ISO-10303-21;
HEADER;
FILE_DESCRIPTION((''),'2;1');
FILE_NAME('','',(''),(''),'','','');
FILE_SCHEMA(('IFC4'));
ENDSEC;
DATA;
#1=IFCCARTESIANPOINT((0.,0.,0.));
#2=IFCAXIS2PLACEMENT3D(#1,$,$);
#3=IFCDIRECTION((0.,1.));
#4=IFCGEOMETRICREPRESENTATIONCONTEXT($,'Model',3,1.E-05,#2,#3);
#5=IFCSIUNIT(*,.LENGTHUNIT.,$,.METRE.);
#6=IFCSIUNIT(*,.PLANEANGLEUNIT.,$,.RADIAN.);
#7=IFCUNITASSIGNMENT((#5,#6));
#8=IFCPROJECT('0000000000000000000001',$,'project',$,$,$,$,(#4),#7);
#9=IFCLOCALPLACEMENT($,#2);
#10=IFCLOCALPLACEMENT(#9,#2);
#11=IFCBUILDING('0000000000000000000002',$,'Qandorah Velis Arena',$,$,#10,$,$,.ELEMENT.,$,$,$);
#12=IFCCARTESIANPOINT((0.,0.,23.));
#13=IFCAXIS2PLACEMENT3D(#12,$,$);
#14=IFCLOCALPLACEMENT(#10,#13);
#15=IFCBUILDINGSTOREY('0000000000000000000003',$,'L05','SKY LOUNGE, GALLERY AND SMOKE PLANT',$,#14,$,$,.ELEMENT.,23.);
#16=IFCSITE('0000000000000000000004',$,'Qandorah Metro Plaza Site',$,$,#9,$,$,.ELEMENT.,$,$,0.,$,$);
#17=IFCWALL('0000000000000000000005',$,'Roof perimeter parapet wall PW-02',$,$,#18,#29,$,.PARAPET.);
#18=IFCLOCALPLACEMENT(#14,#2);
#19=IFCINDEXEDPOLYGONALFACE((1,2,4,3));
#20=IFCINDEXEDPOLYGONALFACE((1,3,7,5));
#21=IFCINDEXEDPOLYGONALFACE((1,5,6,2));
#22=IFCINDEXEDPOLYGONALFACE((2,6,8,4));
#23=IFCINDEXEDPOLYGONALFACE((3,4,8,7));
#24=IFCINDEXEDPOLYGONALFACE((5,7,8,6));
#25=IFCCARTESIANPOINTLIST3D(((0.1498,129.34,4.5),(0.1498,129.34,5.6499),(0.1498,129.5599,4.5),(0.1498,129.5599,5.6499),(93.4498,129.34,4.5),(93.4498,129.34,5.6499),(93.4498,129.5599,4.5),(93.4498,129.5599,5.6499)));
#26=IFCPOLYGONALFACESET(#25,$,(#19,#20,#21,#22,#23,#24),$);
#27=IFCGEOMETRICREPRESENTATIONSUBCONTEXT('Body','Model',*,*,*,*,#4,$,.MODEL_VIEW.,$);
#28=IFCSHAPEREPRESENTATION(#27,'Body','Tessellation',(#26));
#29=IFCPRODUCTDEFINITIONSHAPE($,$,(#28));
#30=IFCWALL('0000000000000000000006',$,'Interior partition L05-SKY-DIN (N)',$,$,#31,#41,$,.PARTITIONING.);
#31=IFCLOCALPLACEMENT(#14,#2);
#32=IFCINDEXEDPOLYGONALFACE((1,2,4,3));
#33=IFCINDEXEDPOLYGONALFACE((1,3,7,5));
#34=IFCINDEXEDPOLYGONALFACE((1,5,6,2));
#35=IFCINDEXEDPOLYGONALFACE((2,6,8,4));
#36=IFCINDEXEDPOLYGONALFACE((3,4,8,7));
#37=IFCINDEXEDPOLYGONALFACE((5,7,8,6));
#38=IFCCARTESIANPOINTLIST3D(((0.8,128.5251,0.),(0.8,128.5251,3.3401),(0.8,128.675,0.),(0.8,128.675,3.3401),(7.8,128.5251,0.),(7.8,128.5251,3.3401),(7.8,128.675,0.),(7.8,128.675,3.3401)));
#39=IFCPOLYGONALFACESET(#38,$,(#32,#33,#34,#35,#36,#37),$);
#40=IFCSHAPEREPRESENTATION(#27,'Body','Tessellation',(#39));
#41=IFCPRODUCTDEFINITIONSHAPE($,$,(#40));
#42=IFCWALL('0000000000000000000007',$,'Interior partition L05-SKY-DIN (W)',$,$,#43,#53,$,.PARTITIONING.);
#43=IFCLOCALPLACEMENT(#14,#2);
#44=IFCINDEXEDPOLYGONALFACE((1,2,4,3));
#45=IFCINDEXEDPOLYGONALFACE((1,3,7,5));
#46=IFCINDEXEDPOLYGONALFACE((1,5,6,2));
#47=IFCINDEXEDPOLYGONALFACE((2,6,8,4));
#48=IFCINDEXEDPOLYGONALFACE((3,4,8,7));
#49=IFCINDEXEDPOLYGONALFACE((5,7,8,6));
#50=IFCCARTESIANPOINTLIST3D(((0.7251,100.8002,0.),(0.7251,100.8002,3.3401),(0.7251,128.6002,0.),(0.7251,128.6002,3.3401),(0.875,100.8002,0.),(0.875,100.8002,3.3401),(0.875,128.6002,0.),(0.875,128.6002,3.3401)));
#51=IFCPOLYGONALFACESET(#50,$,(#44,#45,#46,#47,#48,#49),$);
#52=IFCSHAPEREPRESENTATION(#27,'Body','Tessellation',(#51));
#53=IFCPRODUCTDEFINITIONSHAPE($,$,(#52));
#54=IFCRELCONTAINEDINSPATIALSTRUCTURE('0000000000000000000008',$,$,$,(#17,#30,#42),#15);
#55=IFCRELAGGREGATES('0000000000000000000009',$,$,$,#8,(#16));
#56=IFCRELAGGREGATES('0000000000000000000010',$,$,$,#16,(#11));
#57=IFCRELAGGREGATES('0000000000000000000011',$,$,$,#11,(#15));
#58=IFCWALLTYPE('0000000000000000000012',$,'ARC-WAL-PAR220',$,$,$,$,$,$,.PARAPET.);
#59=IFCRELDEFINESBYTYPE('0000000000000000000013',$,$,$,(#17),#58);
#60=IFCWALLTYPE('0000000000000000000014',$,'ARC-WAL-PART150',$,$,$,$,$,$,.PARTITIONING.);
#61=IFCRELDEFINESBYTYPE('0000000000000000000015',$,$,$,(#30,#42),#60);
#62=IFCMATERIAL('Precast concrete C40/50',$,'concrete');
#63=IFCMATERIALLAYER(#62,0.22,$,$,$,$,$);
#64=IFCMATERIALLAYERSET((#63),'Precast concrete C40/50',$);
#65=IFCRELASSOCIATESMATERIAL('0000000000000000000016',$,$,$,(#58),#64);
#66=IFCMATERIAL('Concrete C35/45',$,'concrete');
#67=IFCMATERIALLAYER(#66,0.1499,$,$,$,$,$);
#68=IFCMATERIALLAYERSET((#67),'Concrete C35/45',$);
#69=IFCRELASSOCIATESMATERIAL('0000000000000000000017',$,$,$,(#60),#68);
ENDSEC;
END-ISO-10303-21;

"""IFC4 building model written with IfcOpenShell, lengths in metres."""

from ifc_helpers import new_model, si_unit, direction, frame, frame_2d, origin, place, context, subcontext, project, spatial, rectangle, extrude, material, layer, layer_set, type_object, element, save


model = new_model("IFC4")

# Units and contexts
model_context = context("Model", 3, precision=1e-05, world=origin(), true_north=direction((0.0, 1.0)))
body_context = subcontext(model_context, "Body", "Model", "MODEL_VIEW")
ifc_project = project(units=[si_unit("LENGTHUNIT", "METRE"), si_unit("PLANEANGLEUNIT", "RADIAN")], contexts=[model_context])

# Site, building, storey
site_placement = place(None, origin())
site = spatial("IfcSite", under=ifc_project, at=site_placement, Name="Qandorah Metro Plaza Site", CompositionType="ELEMENT", RefElevation=0.0)
building_placement = place(site_placement, origin())
building = spatial("IfcBuilding", under=site, at=building_placement, Name="Qandorah Velis Arena", CompositionType="ELEMENT")
storey_placement = place(building_placement, frame((0.0, 0.0, 23.0)))
storey = spatial("IfcBuildingStorey", under=building, at=storey_placement, Name="L05", Description="SKY LOUNGE, GALLERY AND SMOKE PLANT", CompositionType="ELEMENT", Elevation=23.0)

# Walls
ifc_material_1 = material(Name="Precast concrete C40/50", Category="concrete")
ifc_layer_1 = layer(ifc_material_1, 0.22)
ifc_layer_set_1 = layer_set([ifc_layer_1], Name="Precast concrete C40/50")
wall_type_1 = type_object("IfcWallType", Name="ARC-WAL-PAR220", PredefinedType="PARAPET", material=ifc_layer_set_1)
wall_1_placement = place(storey_placement, frame((0.1499, 129.45, 4.5), z_axis=(0.0, 0.0, 1.0), x_axis=(1.0, 0.0, 0.0)))
element("IfcWall", 1, at=wall_1_placement, inside=storey, type_object=wall_type_1, Name="Roof perimeter parapet wall PW-02", PredefinedType="PARAPET", context=body_context, shape_type="SweptSolid", body=[
    extrude(rectangle(XDim=93.3, YDim=0.22, at=frame_2d((46.6499, 0.0))), origin(), (0.0, 0.0, 1.0), 1.1499),
])
ifc_material_2 = material(Name="Concrete C35/45", Category="concrete")
ifc_layer_2 = layer(ifc_material_2, 0.1499)
ifc_layer_set_2 = layer_set([ifc_layer_2], Name="Concrete C35/45")
wall_type_2 = type_object("IfcWallType", Name="ARC-WAL-PART150", PredefinedType="PARTITIONING", material=ifc_layer_set_2)
wall_2_placement = place(storey_placement, frame((7.8, 128.6001, 0.0), z_axis=(0.0, 0.0, 1.0), x_axis=(-1.0, 0.0, 0.0)))
element("IfcWall", 2, at=wall_2_placement, inside=storey, type_object=wall_type_2, Name="Interior partition L05-SKY-DIN (N)", PredefinedType="PARTITIONING", context=body_context, shape_type="SweptSolid", body=[
    extrude(rectangle(XDim=7.0, YDim=0.1499, at=frame_2d((3.5, 0.0))), origin(), (0.0, 0.0, 1.0), 3.3401),
])
wall_3_placement = place(storey_placement, frame((0.8, 128.6001, 0.0), z_axis=(0.0, 0.0, 1.0), x_axis=(0.0, -1.0, 0.0)))
element("IfcWall", 3, at=wall_3_placement, inside=storey, type_object=wall_type_2, Name="Interior partition L05-SKY-DIN (W)", PredefinedType="PARTITIONING", context=body_context, shape_type="SweptSolid", body=[
    extrude(rectangle(XDim=27.8, YDim=0.1499, at=frame_2d((13.8999, 0.0))), origin(), (0.0, 0.0, 1.0), 3.3401),
])

save(model, "model.ifc")
